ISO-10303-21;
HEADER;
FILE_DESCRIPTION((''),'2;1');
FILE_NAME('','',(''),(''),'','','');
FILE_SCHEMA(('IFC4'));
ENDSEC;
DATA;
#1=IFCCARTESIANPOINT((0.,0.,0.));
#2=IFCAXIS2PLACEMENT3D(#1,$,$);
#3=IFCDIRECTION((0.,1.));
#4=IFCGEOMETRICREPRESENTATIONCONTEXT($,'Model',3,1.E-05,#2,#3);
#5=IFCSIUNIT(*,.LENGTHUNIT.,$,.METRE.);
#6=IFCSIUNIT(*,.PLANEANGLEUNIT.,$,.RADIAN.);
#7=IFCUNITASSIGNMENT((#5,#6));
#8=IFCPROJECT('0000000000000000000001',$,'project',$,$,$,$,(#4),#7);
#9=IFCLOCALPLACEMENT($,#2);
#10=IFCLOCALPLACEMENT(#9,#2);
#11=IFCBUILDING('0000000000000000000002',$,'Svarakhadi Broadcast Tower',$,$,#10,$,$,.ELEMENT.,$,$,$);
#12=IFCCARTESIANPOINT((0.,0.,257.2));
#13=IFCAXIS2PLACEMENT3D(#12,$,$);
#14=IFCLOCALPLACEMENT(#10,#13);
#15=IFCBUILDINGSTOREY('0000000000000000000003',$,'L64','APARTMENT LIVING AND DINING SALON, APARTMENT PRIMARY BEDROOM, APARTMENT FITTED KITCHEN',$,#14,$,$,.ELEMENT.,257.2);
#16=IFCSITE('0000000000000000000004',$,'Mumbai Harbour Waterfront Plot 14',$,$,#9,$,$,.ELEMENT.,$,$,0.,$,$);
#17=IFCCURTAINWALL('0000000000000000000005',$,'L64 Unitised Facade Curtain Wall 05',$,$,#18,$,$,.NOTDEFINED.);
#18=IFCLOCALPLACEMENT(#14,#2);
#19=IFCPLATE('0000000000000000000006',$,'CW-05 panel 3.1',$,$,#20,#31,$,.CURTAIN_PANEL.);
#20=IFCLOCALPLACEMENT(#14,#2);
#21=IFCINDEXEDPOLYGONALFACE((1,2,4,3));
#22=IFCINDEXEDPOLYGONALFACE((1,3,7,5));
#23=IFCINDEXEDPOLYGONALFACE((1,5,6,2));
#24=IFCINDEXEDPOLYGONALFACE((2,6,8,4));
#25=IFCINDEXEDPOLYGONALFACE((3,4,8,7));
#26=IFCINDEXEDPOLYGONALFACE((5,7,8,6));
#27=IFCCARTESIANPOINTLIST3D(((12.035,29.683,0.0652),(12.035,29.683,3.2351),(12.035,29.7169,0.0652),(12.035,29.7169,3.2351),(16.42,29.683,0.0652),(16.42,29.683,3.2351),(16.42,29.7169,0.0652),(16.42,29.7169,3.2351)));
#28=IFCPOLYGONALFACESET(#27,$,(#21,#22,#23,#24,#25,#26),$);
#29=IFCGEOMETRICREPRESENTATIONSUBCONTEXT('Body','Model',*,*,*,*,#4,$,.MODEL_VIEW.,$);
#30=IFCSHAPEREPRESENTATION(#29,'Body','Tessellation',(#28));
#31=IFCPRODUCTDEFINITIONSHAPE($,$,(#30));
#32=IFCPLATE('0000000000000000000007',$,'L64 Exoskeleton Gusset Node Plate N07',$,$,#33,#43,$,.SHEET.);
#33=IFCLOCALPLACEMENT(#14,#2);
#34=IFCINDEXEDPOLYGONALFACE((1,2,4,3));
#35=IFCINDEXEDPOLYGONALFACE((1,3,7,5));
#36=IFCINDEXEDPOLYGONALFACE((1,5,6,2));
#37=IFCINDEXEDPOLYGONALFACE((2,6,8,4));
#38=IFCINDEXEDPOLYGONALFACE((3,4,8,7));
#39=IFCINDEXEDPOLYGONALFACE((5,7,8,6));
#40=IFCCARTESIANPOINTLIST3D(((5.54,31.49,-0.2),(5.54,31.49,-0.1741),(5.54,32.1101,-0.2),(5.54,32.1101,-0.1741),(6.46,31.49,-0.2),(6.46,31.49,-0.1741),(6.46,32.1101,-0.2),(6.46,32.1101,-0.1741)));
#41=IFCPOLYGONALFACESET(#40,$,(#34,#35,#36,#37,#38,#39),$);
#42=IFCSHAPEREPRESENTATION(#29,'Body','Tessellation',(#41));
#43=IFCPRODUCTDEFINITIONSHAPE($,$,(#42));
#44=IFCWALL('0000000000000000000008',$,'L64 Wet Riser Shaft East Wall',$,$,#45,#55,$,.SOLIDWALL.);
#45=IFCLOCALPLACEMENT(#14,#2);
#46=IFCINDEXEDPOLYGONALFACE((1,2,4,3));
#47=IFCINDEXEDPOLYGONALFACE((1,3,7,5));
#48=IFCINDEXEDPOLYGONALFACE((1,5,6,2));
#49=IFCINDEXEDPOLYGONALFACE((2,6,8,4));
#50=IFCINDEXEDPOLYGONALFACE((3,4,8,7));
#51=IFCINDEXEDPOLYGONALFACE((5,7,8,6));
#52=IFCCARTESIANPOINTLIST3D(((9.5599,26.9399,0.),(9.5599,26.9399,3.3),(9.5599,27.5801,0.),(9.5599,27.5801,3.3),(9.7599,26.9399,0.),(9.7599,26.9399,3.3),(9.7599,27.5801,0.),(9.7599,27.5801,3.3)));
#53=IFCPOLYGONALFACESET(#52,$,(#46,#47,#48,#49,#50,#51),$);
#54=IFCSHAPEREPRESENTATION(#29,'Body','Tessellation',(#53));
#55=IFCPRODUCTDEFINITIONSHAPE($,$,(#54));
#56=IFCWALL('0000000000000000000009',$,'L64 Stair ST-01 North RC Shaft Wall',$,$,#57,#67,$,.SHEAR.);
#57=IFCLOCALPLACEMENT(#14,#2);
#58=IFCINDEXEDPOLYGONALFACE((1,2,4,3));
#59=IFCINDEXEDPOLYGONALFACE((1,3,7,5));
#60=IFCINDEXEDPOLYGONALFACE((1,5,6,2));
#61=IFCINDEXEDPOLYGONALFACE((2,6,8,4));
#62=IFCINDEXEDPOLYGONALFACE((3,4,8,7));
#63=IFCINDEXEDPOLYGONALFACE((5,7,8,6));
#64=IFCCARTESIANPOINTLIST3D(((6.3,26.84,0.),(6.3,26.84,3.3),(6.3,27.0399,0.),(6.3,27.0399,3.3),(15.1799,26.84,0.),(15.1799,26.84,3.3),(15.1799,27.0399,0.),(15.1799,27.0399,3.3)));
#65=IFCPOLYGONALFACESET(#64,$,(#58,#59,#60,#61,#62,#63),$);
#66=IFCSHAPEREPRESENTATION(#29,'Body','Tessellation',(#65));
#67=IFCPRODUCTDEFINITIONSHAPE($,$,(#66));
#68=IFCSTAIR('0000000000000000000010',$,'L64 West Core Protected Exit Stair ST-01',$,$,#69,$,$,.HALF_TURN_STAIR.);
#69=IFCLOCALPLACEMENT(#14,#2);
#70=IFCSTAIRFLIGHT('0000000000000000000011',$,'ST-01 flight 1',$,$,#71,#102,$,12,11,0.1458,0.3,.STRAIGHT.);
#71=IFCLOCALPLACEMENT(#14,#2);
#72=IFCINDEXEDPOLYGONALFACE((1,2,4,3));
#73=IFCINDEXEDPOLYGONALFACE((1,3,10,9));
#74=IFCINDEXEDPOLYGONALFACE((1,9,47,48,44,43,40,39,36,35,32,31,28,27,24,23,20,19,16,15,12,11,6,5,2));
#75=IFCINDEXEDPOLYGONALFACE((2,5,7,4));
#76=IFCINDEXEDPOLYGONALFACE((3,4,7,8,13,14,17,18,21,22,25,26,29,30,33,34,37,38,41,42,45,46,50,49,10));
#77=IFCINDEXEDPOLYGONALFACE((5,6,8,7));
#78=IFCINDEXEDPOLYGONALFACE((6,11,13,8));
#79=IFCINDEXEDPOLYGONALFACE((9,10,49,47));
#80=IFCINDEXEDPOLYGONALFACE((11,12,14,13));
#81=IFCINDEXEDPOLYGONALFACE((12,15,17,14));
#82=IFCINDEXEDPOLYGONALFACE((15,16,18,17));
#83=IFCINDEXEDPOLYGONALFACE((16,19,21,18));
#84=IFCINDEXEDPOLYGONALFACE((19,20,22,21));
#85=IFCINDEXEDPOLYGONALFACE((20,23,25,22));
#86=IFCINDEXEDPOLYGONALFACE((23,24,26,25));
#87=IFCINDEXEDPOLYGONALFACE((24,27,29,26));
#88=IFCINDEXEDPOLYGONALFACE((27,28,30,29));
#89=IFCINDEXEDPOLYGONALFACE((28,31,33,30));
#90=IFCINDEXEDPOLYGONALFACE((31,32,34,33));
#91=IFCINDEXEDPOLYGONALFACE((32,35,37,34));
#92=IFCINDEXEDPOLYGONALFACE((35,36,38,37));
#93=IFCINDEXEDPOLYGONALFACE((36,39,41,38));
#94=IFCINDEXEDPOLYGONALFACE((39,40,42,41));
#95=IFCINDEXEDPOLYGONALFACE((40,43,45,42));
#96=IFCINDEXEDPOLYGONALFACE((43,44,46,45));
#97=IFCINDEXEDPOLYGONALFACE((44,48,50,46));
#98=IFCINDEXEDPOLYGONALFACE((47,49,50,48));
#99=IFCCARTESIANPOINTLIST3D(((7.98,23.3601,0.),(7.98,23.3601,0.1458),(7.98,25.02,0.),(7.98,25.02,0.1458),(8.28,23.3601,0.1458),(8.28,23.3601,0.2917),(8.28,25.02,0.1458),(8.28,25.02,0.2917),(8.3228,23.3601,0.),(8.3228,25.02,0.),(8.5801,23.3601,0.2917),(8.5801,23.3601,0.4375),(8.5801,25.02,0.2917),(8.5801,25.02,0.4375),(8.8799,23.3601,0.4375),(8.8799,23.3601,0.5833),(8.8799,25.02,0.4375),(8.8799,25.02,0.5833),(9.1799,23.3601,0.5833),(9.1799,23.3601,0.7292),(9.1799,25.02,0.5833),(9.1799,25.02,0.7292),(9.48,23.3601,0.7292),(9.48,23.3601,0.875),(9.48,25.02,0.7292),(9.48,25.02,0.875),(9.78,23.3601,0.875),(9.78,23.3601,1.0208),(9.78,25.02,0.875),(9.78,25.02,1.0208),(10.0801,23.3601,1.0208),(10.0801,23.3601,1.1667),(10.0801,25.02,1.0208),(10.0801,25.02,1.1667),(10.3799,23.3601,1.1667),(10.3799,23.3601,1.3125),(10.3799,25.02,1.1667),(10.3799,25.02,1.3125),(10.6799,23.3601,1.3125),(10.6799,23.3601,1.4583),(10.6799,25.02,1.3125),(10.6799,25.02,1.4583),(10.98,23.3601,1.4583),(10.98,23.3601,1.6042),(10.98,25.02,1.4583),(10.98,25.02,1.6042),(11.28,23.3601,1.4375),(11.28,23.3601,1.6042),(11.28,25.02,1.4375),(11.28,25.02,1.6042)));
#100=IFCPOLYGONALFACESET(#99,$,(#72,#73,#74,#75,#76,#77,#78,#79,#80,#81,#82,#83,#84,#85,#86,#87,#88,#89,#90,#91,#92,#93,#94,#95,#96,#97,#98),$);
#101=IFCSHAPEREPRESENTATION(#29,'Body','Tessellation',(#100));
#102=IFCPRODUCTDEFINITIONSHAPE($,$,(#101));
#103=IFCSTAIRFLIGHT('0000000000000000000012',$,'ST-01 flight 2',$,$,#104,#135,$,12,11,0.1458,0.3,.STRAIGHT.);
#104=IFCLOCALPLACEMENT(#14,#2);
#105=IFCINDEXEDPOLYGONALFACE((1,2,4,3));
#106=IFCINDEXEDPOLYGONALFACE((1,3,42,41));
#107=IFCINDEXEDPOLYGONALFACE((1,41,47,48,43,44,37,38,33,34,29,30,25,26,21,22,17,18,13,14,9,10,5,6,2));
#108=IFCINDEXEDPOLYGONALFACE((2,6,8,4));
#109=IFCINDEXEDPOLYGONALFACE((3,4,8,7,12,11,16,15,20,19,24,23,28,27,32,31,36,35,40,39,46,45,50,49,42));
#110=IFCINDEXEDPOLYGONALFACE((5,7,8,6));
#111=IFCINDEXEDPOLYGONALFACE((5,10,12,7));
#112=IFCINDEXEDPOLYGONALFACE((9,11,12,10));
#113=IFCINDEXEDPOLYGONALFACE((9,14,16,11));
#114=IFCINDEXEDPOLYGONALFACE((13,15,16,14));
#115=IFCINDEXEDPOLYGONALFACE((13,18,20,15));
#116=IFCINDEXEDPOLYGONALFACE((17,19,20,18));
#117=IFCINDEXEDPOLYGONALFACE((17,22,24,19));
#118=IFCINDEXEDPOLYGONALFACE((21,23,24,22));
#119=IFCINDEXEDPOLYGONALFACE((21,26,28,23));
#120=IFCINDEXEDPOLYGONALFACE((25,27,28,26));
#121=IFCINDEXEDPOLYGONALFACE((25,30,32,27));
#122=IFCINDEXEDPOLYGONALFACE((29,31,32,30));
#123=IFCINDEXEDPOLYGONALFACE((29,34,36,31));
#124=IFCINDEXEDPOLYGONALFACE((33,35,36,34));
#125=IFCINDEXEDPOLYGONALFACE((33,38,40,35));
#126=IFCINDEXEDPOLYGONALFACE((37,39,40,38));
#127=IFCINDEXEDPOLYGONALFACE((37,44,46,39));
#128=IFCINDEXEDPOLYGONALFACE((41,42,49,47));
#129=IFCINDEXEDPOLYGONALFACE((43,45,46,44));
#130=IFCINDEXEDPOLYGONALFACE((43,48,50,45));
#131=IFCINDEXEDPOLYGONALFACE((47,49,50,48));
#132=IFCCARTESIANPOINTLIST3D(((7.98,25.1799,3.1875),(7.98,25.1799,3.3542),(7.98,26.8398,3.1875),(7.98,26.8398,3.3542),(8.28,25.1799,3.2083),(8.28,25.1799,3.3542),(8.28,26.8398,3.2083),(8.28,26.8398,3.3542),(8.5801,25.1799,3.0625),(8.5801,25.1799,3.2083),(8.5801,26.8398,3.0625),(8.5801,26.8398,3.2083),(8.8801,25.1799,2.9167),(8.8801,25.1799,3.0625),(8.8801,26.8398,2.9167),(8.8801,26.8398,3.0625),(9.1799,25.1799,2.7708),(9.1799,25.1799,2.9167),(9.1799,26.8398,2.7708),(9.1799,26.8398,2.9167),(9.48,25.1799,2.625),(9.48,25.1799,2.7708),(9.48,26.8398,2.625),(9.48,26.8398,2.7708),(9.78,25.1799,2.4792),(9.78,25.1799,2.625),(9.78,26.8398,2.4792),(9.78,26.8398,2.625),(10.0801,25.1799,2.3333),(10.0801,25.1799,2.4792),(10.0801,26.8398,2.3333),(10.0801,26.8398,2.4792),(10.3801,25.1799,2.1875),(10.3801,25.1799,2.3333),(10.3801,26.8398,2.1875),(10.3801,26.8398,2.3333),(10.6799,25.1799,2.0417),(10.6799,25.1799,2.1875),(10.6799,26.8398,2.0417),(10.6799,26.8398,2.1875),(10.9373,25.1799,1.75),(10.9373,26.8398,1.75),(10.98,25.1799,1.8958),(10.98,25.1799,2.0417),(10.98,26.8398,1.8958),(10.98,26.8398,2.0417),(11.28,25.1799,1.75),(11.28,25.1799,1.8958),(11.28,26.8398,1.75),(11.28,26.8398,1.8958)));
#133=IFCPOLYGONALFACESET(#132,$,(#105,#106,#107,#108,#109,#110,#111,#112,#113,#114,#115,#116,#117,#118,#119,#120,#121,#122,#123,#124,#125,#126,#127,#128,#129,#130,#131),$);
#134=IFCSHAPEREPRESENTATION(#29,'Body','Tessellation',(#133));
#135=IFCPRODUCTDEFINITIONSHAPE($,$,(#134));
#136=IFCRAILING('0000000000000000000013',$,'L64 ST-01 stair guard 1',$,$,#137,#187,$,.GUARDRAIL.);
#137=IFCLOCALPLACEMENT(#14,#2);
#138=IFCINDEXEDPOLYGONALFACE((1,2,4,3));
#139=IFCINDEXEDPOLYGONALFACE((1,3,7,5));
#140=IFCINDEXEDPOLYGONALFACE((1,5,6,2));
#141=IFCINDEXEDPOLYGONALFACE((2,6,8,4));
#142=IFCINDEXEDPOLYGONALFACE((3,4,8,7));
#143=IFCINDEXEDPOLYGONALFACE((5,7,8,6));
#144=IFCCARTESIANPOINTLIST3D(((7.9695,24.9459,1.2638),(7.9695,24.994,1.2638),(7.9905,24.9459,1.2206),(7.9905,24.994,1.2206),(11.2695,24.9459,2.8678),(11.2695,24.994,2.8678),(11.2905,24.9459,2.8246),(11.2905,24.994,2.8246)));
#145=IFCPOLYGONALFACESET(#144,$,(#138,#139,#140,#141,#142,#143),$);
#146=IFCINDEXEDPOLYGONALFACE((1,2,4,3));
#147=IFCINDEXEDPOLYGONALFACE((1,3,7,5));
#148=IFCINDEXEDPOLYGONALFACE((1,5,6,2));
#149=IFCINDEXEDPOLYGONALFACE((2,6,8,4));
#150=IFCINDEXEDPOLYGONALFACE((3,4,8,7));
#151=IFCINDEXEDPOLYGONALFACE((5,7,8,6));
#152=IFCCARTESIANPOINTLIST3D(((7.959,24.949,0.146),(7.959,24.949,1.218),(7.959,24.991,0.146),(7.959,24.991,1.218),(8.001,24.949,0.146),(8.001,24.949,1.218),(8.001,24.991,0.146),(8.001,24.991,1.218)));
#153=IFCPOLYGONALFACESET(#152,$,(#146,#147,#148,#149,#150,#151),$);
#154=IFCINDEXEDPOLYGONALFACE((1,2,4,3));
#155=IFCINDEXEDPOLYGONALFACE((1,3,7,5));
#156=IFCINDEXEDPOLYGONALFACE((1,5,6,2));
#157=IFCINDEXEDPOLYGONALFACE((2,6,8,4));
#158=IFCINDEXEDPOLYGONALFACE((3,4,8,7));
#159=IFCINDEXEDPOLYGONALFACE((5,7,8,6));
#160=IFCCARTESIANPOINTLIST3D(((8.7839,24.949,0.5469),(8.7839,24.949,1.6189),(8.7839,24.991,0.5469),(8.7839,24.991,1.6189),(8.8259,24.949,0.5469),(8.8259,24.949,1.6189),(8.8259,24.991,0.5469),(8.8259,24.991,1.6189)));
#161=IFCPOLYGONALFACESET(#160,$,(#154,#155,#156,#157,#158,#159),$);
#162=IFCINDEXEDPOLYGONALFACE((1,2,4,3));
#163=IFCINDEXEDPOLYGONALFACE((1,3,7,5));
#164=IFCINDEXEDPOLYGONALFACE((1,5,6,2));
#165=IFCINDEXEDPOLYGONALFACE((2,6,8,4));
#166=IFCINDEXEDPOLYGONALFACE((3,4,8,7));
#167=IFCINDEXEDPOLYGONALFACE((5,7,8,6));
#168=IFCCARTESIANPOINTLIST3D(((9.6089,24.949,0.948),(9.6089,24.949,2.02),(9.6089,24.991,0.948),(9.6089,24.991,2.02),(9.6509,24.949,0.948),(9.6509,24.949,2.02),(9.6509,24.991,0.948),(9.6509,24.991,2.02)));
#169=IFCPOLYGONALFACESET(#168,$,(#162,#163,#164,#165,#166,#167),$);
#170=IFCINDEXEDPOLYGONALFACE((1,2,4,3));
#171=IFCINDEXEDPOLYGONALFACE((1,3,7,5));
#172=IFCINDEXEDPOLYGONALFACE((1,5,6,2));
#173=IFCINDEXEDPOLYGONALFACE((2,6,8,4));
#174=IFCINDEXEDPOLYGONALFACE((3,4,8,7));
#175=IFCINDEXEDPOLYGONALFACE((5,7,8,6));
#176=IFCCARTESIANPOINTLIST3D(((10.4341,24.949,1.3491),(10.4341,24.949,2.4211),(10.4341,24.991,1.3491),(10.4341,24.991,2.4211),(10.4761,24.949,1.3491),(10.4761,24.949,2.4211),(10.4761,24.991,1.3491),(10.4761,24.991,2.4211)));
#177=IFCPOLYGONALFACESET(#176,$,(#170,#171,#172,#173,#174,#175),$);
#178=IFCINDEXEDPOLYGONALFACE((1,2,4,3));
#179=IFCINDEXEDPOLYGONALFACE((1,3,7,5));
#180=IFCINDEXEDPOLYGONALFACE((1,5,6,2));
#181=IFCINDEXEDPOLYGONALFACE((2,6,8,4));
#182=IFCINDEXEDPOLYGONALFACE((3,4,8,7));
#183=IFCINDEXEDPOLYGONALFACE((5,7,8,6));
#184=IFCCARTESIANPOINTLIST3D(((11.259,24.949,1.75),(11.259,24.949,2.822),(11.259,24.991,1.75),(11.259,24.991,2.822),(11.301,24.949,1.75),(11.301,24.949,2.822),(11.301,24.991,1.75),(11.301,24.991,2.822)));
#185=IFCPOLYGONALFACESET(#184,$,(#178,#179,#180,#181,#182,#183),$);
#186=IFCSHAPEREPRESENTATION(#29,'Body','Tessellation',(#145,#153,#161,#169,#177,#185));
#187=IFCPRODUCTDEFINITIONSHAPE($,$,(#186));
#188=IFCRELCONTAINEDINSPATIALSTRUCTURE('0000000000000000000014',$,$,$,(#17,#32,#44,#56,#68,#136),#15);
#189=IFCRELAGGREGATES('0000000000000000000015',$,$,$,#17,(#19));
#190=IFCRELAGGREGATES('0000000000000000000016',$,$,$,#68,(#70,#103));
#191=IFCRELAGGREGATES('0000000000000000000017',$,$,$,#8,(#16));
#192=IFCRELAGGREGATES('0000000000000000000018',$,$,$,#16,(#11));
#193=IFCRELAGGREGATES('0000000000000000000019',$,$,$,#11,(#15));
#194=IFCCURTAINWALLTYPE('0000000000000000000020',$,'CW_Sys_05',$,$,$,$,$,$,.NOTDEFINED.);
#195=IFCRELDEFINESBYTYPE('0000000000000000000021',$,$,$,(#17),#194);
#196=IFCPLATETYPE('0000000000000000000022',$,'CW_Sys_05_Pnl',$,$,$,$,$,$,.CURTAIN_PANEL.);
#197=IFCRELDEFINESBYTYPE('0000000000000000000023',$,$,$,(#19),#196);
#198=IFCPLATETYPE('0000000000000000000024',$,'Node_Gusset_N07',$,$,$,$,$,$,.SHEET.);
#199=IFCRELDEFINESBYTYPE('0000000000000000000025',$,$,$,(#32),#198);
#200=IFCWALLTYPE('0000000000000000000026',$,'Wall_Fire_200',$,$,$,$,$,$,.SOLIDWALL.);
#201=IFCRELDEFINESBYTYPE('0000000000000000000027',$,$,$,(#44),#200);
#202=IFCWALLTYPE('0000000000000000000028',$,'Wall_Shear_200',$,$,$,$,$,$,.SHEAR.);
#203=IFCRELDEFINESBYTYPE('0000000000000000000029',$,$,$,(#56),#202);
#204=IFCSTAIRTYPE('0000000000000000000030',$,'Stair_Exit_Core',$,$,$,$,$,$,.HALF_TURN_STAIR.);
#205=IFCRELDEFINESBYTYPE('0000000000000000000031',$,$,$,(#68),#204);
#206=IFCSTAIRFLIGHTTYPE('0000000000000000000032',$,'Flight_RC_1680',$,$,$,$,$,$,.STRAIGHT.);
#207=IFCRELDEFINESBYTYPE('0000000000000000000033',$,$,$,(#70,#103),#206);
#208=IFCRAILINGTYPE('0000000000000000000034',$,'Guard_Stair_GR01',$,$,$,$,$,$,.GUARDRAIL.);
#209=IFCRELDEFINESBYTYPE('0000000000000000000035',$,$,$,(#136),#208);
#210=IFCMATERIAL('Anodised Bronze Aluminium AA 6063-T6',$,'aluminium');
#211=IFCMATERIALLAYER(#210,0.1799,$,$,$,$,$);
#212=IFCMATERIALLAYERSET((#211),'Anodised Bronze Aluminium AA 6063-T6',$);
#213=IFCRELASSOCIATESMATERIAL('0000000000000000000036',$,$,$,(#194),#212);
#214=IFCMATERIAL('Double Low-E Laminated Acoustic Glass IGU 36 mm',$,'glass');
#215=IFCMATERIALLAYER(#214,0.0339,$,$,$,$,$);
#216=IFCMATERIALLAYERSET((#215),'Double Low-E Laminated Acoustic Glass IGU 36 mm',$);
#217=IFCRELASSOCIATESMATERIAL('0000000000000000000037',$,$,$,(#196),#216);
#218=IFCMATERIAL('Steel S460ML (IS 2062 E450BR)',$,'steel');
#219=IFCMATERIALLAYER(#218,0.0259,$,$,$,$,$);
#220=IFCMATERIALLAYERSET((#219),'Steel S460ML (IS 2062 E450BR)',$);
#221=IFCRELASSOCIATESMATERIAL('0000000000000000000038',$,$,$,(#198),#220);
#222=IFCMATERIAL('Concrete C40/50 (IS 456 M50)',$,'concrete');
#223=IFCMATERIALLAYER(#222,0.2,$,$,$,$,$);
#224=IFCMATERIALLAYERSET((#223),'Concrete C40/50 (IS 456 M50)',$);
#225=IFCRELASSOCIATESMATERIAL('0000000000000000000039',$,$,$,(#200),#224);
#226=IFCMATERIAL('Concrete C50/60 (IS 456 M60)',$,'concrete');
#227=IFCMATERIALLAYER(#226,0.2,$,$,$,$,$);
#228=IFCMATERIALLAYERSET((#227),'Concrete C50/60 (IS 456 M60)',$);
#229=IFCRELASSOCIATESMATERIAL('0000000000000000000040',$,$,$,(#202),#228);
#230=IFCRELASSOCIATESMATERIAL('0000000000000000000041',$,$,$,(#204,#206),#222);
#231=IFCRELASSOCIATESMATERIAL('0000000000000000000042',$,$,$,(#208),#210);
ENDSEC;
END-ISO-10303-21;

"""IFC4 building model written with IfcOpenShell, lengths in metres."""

from ifc_helpers import new_model, si_unit, direction, frame, frame_2d, origin, origin_2d, place, context, subcontext, project, spatial, polyline, rectangle, outline, extrude, material, layer, layer_set, type_object, element, aggregate, save


model = new_model("IFC4")

# Units and contexts
model_context = context("Model", 3, precision=1e-05, world=origin(), true_north=direction((0.0, 1.0)))
body_context = subcontext(model_context, "Body", "Model", "MODEL_VIEW")
ifc_project = project(units=[si_unit("LENGTHUNIT", "METRE"), si_unit("PLANEANGLEUNIT", "RADIAN")], contexts=[model_context])

# Site, building, storey
site_placement = place(None, origin())
site = spatial("IfcSite", under=ifc_project, at=site_placement, Name="Mumbai Harbour Waterfront Plot 14", CompositionType="ELEMENT", RefElevation=0.0)
building_placement = place(site_placement, origin())
building = spatial("IfcBuilding", under=site, at=building_placement, Name="Svarakhadi Broadcast Tower", CompositionType="ELEMENT")
storey_placement = place(building_placement, frame((0.0, 0.0, 257.2)))
storey = spatial("IfcBuildingStorey", under=building, at=storey_placement, Name="L64", Description="APARTMENT LIVING AND DINING SALON, APARTMENT PRIMARY BEDROOM, APARTMENT FITTED KITCHEN", CompositionType="ELEMENT", Elevation=257.2)

# Shared definitions
ifc_material_1 = material(Name="Steel S460ML (IS 2062 E450BR)", Category="steel")

# Curtain wall
ifc_material_2 = material(Name="Anodised Bronze Aluminium AA 6063-T6", Category="aluminium")
ifc_layer_1 = layer(ifc_material_2, 0.1799)
ifc_layer_set_1 = layer_set([ifc_layer_1], Name="Anodised Bronze Aluminium AA 6063-T6")
curtain_wall_type = type_object("IfcCurtainWallType", Name="CW_Sys_05", PredefinedType="NOTDEFINED", material=ifc_layer_set_1)
curtain_wall_placement = place(storey_placement, origin())
curtain_wall = element("IfcCurtainWall", 1, at=curtain_wall_placement, inside=storey, type_object=curtain_wall_type, Name="L64 Unitised Facade Curtain Wall 05", PredefinedType="NOTDEFINED")

# Plates
ifc_material_3 = material(Name="Double Low-E Laminated Acoustic Glass IGU 36 mm", Category="glass")
ifc_layer_2 = layer(ifc_material_3, 0.0339)
ifc_layer_set_2 = layer_set([ifc_layer_2], Name="Double Low-E Laminated Acoustic Glass IGU 36 mm")
plate_type_1 = type_object("IfcPlateType", Name="CW_Sys_05_Pnl", PredefinedType="CURTAIN_PANEL", material=ifc_layer_set_2)
plate_1_placement = place(storey_placement, frame((14.2275, 29.7, 0.0652), z_axis=(0.0, 0.0, 1.0), x_axis=(1.0, 0.0, 0.0)))
plate_1 = element("IfcPlate", 2, at=plate_1_placement, type_object=plate_type_1, Name="CW-05 panel 3.1", PredefinedType="CURTAIN_PANEL", context=body_context, shape_type="SweptSolid", body=[
    extrude(rectangle(XDim=4.385, YDim=0.0339, at=origin_2d()), origin(), (0.0, 0.0, 1.0), 3.1699),
])
aggregate(curtain_wall, [plate_1])
ifc_layer_3 = layer(ifc_material_1, 0.0259)
ifc_layer_set_3 = layer_set([ifc_layer_3], Name="Steel S460ML (IS 2062 E450BR)")
plate_type_2 = type_object("IfcPlateType", Name="Node_Gusset_N07", PredefinedType="SHEET", material=ifc_layer_set_3)
plate_2_placement = place(storey_placement, frame((6.0, 31.8, -0.2), z_axis=(0.0, 0.0, 1.0), x_axis=(1.0, 0.0, 0.0)))
element("IfcPlate", 3, at=plate_2_placement, inside=storey, type_object=plate_type_2, Name="L64 Exoskeleton Gusset Node Plate N07", PredefinedType="SHEET", context=body_context, shape_type="SweptSolid", body=[
    extrude(rectangle(XDim=0.9199, YDim=0.6201, at=origin_2d()), origin(), (0.0, 0.0, 1.0), 0.0259),
])

# Walls
ifc_material_4 = material(Name="Concrete C40/50 (IS 456 M50)", Category="concrete")
ifc_layer_4 = layer(ifc_material_4, 0.2)
ifc_layer_set_4 = layer_set([ifc_layer_4], Name="Concrete C40/50 (IS 456 M50)")
wall_type_1 = type_object("IfcWallType", Name="Wall_Fire_200", PredefinedType="SOLIDWALL", material=ifc_layer_set_4)
wall_1_placement = place(storey_placement, frame((9.6599, 26.9399, 0.0), z_axis=(0.0, 0.0, 1.0), x_axis=(0.0, 1.0, 0.0)))
element("IfcWall", 4, at=wall_1_placement, inside=storey, type_object=wall_type_1, Name="L64 Wet Riser Shaft East Wall", PredefinedType="SOLIDWALL", context=body_context, shape_type="SweptSolid", body=[
    extrude(rectangle(XDim=0.6401, YDim=0.2, at=frame_2d((0.3201, 0.0))), origin(), (0.0, 0.0, 1.0), 3.3),
])
ifc_material_5 = material(Name="Concrete C50/60 (IS 456 M60)", Category="concrete")
ifc_layer_5 = layer(ifc_material_5, 0.2)
ifc_layer_set_5 = layer_set([ifc_layer_5], Name="Concrete C50/60 (IS 456 M60)")
wall_type_2 = type_object("IfcWallType", Name="Wall_Shear_200", PredefinedType="SHEAR", material=ifc_layer_set_5)
wall_2_placement = place(storey_placement, frame((6.3, 26.9399, 0.0), z_axis=(0.0, 0.0, 1.0), x_axis=(1.0, 0.0, 0.0)))
element("IfcWall", 5, at=wall_2_placement, inside=storey, type_object=wall_type_2, Name="L64 Stair ST-01 North RC Shaft Wall", PredefinedType="SHEAR", context=body_context, shape_type="SweptSolid", body=[
    extrude(rectangle(XDim=8.8799, YDim=0.2, at=frame_2d((4.4399, 0.0))), origin(), (0.0, 0.0, 1.0), 3.3),
])

# Stair, stair flights
stair_type = type_object("IfcStairType", Name="Stair_Exit_Core", PredefinedType="HALF_TURN_STAIR", material=ifc_material_4)
stair_placement = place(storey_placement, origin())
stair = element("IfcStair", 6, at=stair_placement, inside=storey, type_object=stair_type, Name="L64 West Core Protected Exit Stair ST-01", PredefinedType="HALF_TURN_STAIR")
stair_flight_type = type_object("IfcStairFlightType", Name="Flight_RC_1680", PredefinedType="STRAIGHT", material=ifc_material_4)
stair_flight_1_placement = place(storey_placement, frame((7.98, 24.1899, 0.0), z_axis=(0.0, 0.0, 1.0), x_axis=(1.0, 0.0, 0.0)))
stair_flight_1 = element("IfcStairFlight", 7, at=stair_flight_1_placement, type_object=stair_flight_type, Name="ST-01 flight 1", NumberOfRisers=12, NumberOfTreads=11, PredefinedType="STRAIGHT", RiserHeight=0.1458, TreadLength=0.3, context=body_context, shape_type="SweptSolid", body=[
    extrude(outline(polyline([(0.0, 0.0), (0.0, 0.1458), (0.3, 0.1458), (0.3, 0.2917), (0.6001, 0.2917), (0.6001, 0.4375), (0.8999, 0.4375), (0.8999, 0.5833), (1.2, 0.5833), (1.2, 0.7292), (1.5, 0.7292), (1.5, 0.875), (1.8, 0.875), (1.8, 1.0208), (2.1001, 1.0208), (2.1001, 1.1667), (2.3999, 1.1667), (2.3999, 1.3125), (2.7, 1.3125), (2.7, 1.4583), (3.0, 1.4583), (3.0, 1.6042), (3.3, 1.6042), (3.3, 1.75), (3.3, 1.4375), (0.3428, 0.0), (0.0, 0.0)])), frame((0.0, 0.8301, 0.0), z_axis=(0.0, -1.0, 0.0), x_axis=(1.0, 0.0, 0.0)), (0.0, 0.0, 1.0), 1.6599),
])
stair_flight_2_placement = place(storey_placement, frame((11.28, 26.01, 1.75), z_axis=(0.0, 0.0, 1.0), x_axis=(-1.0, 0.0, 0.0)))
stair_flight_2 = element("IfcStairFlight", 8, at=stair_flight_2_placement, type_object=stair_flight_type, Name="ST-01 flight 2", NumberOfRisers=12, NumberOfTreads=11, PredefinedType="STRAIGHT", RiserHeight=0.1458, TreadLength=0.3, context=body_context, shape_type="SweptSolid", body=[
    extrude(outline(polyline([(0.0, 0.0), (0.0, 0.1458), (0.3, 0.1458), (0.3, 0.2917), (0.6001, 0.2917), (0.6001, 0.4375), (0.8999, 0.4375), (0.8999, 0.5833), (1.2, 0.5833), (1.2, 0.7292), (1.5, 0.7292), (1.5, 0.875), (1.8, 0.875), (1.8, 1.0208), (2.1001, 1.0208), (2.1001, 1.1667), (2.3999, 1.1667), (2.3999, 1.3125), (2.7, 1.3125), (2.7, 1.4583), (3.0, 1.4583), (3.0, 1.6042), (3.3, 1.6042), (3.3, 1.75), (3.3, 1.4375), (0.3428, 0.0), (0.0, 0.0)])), frame((0.0, 0.8301, 0.0), z_axis=(0.0, -1.0, 0.0), x_axis=(1.0, 0.0, 0.0)), (0.0, 0.0, 1.0), 1.6599),
])
aggregate(stair, [stair_flight_1, stair_flight_2])

# Railing
railing_type_1 = type_object("IfcRailingType", Name="Guard_Stair_GR01", PredefinedType="GUARDRAIL", material=ifc_material_2)
railing_1_placement = place(storey_placement, frame((7.98, 24.97, 0.146)))
element("IfcRailing", 9, at=railing_1_placement, inside=storey, type_object=railing_type_1, Name="L64 ST-01 stair guard 1", PredefinedType="GUARDRAIL", context=body_context, shape_type="SweptSolid", body=[
    extrude(rectangle(XDim=0.0481, YDim=0.0481, at=origin_2d()), frame((0.0, 0.0, 1.0962), z_axis=(0.899388, 0.0, 0.437152), x_axis=(0.0, 1.0, 0.0)), (0.0, 0.0, 1.0), 3.6692),
    extrude(rectangle(XDim=0.042, YDim=0.042, at=origin_2d()), origin(), (0.0, 0.0, 1.0), 1.072),
    extrude(rectangle(XDim=0.042, YDim=0.042, at=origin_2d()), frame((0.825, 0.0, 0.4009)), (0.0, 0.0, 1.0), 1.072),
    extrude(rectangle(XDim=0.042, YDim=0.042, at=origin_2d()), frame((1.6499, 0.0, 0.802)), (0.0, 0.0, 1.0), 1.072),
    extrude(rectangle(XDim=0.042, YDim=0.042, at=origin_2d()), frame((2.4751, 0.0, 1.2031)), (0.0, 0.0, 1.0), 1.072),
    extrude(rectangle(XDim=0.042, YDim=0.042, at=origin_2d()), frame((3.3, 0.0, 1.604)), (0.0, 0.0, 1.0), 1.072),
])

save(model, "model.ifc")
